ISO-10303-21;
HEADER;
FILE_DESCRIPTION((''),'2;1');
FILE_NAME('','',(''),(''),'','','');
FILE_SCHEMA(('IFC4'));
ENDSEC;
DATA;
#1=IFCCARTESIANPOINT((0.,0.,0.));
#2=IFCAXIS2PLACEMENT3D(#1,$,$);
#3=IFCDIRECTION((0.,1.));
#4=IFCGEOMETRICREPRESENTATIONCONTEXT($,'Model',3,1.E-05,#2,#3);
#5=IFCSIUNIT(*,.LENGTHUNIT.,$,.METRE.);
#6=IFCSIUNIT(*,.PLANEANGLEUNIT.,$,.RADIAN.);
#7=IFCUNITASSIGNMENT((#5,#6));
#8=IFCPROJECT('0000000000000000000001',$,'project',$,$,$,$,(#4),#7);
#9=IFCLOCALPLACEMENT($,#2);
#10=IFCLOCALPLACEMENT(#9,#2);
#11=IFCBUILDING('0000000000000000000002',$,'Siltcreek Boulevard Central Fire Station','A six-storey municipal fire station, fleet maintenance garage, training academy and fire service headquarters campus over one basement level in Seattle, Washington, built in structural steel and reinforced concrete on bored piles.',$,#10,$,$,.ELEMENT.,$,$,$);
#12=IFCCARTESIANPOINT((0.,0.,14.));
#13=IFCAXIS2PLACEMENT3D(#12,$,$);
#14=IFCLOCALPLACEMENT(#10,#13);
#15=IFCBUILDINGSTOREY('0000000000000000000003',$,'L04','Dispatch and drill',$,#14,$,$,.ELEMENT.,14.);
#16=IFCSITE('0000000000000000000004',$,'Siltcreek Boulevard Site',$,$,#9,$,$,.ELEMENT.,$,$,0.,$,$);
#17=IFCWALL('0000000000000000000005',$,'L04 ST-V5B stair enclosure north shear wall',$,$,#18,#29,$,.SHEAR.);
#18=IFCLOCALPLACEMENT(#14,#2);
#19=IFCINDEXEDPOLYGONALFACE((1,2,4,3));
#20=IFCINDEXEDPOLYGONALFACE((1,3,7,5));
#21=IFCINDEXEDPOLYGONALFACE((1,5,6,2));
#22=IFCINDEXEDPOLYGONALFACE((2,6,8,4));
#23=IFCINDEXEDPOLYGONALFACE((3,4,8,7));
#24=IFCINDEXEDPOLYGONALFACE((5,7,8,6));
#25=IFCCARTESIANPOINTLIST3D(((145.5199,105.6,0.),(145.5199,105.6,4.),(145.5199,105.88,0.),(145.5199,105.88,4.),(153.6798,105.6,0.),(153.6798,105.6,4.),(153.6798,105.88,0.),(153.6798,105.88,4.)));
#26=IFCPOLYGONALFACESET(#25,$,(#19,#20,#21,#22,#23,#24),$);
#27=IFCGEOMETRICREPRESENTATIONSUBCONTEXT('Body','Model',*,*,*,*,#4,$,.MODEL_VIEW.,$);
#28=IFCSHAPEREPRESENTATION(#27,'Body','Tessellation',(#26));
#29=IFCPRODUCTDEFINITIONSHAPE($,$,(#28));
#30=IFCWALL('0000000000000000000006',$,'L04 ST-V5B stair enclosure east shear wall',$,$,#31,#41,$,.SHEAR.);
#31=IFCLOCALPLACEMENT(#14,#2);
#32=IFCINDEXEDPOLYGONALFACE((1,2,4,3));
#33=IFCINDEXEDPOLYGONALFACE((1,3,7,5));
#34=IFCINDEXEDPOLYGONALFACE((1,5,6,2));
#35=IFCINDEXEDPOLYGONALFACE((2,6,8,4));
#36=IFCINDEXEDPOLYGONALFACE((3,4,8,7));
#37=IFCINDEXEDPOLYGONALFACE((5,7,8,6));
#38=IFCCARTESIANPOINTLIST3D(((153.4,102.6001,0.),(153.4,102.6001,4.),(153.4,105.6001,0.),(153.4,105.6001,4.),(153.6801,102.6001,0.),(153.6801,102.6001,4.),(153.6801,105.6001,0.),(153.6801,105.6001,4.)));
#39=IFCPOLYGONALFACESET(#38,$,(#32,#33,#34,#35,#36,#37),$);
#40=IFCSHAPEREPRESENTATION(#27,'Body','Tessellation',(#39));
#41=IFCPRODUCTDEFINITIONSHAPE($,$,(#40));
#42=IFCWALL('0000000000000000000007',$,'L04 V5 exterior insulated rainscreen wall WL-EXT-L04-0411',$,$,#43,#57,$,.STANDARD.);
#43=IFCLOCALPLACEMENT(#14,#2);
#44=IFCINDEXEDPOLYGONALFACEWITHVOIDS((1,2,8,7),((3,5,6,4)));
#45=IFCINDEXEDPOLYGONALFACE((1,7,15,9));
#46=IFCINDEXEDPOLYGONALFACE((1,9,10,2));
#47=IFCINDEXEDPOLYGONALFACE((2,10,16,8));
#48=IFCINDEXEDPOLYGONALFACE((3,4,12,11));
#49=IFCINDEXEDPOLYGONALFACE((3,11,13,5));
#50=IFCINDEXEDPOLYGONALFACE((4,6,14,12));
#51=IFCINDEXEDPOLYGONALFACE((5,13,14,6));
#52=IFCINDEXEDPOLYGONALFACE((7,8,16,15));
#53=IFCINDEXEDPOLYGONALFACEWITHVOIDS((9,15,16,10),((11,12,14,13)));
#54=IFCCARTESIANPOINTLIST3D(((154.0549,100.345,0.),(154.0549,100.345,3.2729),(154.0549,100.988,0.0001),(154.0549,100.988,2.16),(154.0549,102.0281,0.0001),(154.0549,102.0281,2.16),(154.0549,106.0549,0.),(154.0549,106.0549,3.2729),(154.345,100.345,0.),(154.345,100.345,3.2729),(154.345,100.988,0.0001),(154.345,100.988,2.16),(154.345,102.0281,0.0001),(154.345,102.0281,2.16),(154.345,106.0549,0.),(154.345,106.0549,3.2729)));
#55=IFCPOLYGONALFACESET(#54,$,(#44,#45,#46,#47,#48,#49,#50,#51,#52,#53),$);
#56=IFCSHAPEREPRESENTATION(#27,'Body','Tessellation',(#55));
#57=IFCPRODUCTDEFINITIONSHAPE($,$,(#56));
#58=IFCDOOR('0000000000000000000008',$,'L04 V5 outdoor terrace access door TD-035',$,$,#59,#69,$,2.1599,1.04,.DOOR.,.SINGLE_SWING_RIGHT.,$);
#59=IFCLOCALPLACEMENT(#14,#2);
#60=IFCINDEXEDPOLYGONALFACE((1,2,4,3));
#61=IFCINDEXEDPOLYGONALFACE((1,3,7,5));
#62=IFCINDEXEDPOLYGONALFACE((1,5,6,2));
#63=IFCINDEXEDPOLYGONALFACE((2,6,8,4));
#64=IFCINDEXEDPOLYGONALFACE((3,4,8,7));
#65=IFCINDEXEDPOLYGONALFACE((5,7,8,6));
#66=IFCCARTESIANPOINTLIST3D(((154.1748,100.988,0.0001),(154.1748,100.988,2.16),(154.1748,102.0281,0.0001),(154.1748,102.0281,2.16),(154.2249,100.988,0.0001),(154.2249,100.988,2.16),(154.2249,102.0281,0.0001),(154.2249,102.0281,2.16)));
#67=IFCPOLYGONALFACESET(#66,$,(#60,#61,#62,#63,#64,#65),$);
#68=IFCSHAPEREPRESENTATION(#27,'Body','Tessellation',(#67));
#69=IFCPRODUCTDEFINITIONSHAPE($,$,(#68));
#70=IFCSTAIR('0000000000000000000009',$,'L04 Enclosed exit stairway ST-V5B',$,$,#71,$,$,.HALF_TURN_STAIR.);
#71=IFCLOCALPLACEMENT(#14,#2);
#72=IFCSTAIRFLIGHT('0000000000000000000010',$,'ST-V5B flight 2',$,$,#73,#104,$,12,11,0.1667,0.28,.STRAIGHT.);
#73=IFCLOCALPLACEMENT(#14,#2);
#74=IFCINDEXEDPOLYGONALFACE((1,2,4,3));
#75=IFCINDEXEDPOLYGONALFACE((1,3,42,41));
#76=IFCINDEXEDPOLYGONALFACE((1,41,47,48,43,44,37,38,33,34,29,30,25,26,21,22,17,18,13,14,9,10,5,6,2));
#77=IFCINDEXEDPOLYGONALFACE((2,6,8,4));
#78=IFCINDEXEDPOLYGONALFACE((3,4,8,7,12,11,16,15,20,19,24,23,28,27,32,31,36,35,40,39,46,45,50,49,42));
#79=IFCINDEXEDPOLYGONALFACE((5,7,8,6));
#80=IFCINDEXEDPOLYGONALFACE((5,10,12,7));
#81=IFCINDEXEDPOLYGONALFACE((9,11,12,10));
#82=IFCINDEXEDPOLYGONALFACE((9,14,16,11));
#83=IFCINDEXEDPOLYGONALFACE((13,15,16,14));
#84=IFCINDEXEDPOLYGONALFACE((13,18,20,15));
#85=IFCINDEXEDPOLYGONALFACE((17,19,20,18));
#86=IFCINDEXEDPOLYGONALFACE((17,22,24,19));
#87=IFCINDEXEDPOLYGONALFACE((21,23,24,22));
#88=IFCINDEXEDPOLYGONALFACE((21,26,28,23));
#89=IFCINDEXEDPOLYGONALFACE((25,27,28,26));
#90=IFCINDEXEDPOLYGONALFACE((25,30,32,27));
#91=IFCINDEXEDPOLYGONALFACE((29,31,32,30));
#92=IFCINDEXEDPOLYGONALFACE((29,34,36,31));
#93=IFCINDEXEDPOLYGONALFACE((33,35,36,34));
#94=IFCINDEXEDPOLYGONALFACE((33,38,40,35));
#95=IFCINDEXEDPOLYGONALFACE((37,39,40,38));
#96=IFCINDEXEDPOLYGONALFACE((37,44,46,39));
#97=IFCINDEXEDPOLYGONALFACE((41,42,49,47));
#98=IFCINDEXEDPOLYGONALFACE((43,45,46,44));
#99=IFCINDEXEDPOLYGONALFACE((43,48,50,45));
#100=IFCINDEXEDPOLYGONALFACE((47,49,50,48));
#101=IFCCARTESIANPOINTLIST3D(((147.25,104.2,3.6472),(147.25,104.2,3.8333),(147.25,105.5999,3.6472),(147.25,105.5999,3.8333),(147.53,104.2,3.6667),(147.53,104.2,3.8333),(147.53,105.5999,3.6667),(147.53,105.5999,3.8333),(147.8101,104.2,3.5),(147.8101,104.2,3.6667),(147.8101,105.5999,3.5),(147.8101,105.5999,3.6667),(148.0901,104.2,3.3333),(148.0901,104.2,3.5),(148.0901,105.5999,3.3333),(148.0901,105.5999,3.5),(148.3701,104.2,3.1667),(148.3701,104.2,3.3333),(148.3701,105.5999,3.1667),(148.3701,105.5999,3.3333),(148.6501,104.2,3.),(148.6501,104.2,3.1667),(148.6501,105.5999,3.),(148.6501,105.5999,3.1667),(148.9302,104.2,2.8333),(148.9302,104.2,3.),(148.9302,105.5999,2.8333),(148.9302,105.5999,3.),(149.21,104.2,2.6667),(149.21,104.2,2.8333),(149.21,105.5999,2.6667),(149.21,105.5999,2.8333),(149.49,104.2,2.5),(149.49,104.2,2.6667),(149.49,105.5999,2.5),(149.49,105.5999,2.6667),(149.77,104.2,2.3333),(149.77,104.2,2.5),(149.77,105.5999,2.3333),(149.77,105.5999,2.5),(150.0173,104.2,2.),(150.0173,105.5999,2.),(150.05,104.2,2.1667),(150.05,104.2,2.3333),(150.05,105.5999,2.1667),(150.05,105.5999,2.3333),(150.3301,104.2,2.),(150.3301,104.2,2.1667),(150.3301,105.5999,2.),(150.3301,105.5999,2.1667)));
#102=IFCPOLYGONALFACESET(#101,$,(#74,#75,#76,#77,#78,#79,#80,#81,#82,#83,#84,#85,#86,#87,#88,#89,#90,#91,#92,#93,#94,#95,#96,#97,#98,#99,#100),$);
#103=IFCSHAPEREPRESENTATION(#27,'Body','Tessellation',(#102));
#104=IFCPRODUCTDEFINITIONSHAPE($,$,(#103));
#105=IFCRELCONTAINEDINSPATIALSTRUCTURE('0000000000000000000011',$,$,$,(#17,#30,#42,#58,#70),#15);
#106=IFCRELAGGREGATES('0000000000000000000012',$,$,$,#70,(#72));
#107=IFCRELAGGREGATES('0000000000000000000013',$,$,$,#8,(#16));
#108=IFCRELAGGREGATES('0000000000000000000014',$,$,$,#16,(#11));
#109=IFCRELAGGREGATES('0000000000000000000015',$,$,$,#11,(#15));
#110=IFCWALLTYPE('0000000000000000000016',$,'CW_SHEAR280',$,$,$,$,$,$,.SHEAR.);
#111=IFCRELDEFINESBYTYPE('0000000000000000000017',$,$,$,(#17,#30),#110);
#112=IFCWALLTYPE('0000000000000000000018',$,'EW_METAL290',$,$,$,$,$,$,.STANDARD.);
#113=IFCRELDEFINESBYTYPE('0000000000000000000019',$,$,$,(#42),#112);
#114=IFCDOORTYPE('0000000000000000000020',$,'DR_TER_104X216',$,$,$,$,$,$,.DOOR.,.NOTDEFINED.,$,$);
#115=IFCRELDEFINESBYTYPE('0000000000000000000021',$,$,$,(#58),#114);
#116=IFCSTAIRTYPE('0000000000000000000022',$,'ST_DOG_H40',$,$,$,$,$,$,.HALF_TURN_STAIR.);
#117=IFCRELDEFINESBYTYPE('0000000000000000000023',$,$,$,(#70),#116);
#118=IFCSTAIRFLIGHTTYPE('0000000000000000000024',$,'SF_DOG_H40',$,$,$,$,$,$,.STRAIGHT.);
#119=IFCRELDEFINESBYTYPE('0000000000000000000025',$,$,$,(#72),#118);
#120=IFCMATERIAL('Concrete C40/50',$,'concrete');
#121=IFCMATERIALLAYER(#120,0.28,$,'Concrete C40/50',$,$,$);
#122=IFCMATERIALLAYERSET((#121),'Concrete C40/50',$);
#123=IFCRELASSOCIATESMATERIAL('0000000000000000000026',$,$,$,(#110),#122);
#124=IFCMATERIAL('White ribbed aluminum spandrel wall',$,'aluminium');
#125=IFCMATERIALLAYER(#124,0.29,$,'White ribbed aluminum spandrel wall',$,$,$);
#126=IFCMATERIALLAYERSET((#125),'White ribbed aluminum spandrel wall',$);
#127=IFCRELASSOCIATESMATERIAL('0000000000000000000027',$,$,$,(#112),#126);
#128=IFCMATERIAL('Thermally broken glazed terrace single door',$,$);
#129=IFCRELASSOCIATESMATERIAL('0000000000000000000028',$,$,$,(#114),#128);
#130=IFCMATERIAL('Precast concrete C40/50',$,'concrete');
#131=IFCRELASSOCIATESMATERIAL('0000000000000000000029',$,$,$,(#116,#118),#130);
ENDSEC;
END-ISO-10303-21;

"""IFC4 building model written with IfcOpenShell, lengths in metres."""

from ifc_helpers import new_model, si_unit, direction, frame, frame_2d, origin, place, context, subcontext, project, spatial, polyline, rectangle, outline, extrude, material, layer, layer_set, type_object, element, fill, aggregate, save


model = new_model("IFC4")

# Units and contexts
model_context = context("Model", 3, precision=1e-05, world=origin(), true_north=direction((0.0, 1.0)))
body_context = subcontext(model_context, "Body", "Model", "MODEL_VIEW")
ifc_project = project(units=[si_unit("LENGTHUNIT", "METRE"), si_unit("PLANEANGLEUNIT", "RADIAN")], contexts=[model_context])

# Site, building, storey
site_placement = place(None, origin())
site = spatial("IfcSite", under=ifc_project, at=site_placement, Name="Siltcreek Boulevard Site", CompositionType="ELEMENT", RefElevation=0.0)
building_placement = place(site_placement, origin())
building = spatial("IfcBuilding", under=site, at=building_placement, Name="Siltcreek Boulevard Central Fire Station", Description="A six-storey municipal fire station, fleet maintenance garage, training academy and fire service headquarters campus over one basement level in Seattle, Washington, built in structural steel and reinforced concrete on bored piles.", CompositionType="ELEMENT")
storey_placement = place(building_placement, frame((0.0, 0.0, 14.0)))
storey = spatial("IfcBuildingStorey", under=building, at=storey_placement, Name="L04", Description="Dispatch and drill", CompositionType="ELEMENT", Elevation=14.0)

# Walls
ifc_material_1 = material(Name="Concrete C40/50", Category="concrete")
ifc_layer_1 = layer(ifc_material_1, 0.28, Name="Concrete C40/50")
ifc_layer_set_1 = layer_set([ifc_layer_1], Name="Concrete C40/50")
wall_type_1 = type_object("IfcWallType", Name="CW_SHEAR280", PredefinedType="SHEAR", material=ifc_layer_set_1)
wall_1_placement = place(storey_placement, frame((153.6799, 105.74, 0.0), z_axis=(0.0, 0.0, 1.0), x_axis=(-1.0, 0.0, 0.0)))
element("IfcWall", 1, at=wall_1_placement, inside=storey, type_object=wall_type_1, Name="L04 ST-V5B stair enclosure north shear wall", PredefinedType="SHEAR", context=body_context, shape_type="SweptSolid", body=[
    extrude(rectangle(XDim=8.1599, YDim=0.28, at=frame_2d((4.0801, 0.0))), origin(), (0.0, 0.0, 1.0), 4.0),
])
wall_2_placement = place(storey_placement, frame((153.54, 102.6001, 0.0), z_axis=(0.0, 0.0, 1.0), x_axis=(0.0, 1.0, 0.0)))
element("IfcWall", 2, at=wall_2_placement, inside=storey, type_object=wall_type_1, Name="L04 ST-V5B stair enclosure east shear wall", PredefinedType="SHEAR", context=body_context, shape_type="SweptSolid", body=[
    extrude(rectangle(XDim=3.0, YDim=0.28, at=frame_2d((1.5, 0.0))), origin(), (0.0, 0.0, 1.0), 4.0),
])

# Wall, opening, door
ifc_material_2 = material(Name="White ribbed aluminum spandrel wall", Category="aluminium")
ifc_layer_2 = layer(ifc_material_2, 0.29, Name="White ribbed aluminum spandrel wall")
ifc_layer_set_2 = layer_set([ifc_layer_2], Name="White ribbed aluminum spandrel wall")
wall_type_2 = type_object("IfcWallType", Name="EW_METAL290", PredefinedType="STANDARD", material=ifc_layer_set_2)
wall_3_placement = place(storey_placement, frame((154.2, 100.345, 0.0), z_axis=(0.0, 0.0, 1.0), x_axis=(0.0, 1.0, 0.0)))
wall_3 = element("IfcWall", 3, at=wall_3_placement, inside=storey, type_object=wall_type_2, Name="L04 V5 exterior insulated rainscreen wall WL-EXT-L04-0411", PredefinedType="STANDARD", context=body_context, shape_type="SweptSolid", body=[
    extrude(rectangle(XDim=5.71, YDim=0.29, at=frame_2d((2.855, 0.0))), origin(), (0.0, 0.0, 1.0), 3.2729),
])
opening_placement = place(wall_3_placement, frame((0.6431, 0.0, 0.0)))
opening = element("IfcOpeningElement", 4, at=opening_placement, cuts=wall_3, PredefinedType="OPENING", context=body_context, shape_type="SweptSolid", body=[
    extrude(rectangle(XDim=1.04, YDim=2.1599, at=frame_2d((0.52, 1.0801))), frame((0.0, 0.155, 0.0), z_axis=(0.0, -1.0, 0.0), x_axis=(1.0, 0.0, 0.0)), (0.0, 0.0, 1.0), 0.3101),
])
ifc_material_3 = material(Name="Thermally broken glazed terrace single door")
door_type = type_object("IfcDoorType", Name="DR_TER_104X216", OperationType="NOTDEFINED", PredefinedType="DOOR", material=ifc_material_3)
door_placement = place(opening_placement, frame((1.04, 0.0, 0.0), z_axis=(0.0, 0.0, 1.0), x_axis=(-1.0, 0.0, 0.0)))
door = element("IfcDoor", 5, at=door_placement, inside=storey, type_object=door_type, Name="L04 V5 outdoor terrace access door TD-035", OperationType="SINGLE_SWING_RIGHT", OverallHeight=2.1599, OverallWidth=1.04, PredefinedType="DOOR", context=body_context, shape_type="SweptSolid", body=[
    extrude(rectangle(XDim=1.04, YDim=2.1599, at=frame_2d((0.52, 1.0801))), frame((0.0, 0.0249, 0.0), z_axis=(0.0, -1.0, 0.0), x_axis=(1.0, 0.0, 0.0)), (0.0, 0.0, 1.0), 0.05),
])
fill(opening, door)

# Stair, stair flight
ifc_material_4 = material(Name="Precast concrete C40/50", Category="concrete")
stair_type = type_object("IfcStairType", Name="ST_DOG_H40", PredefinedType="HALF_TURN_STAIR", material=ifc_material_4)
stair_placement = place(storey_placement, origin())
stair = element("IfcStair", 6, at=stair_placement, inside=storey, type_object=stair_type, Name="L04 Enclosed exit stairway ST-V5B", PredefinedType="HALF_TURN_STAIR")
stair_flight_type = type_object("IfcStairFlightType", Name="SF_DOG_H40", PredefinedType="STRAIGHT", material=ifc_material_4)
stair_flight_placement = place(storey_placement, frame((150.3301, 104.8999, 2.0), z_axis=(0.0, 0.0, 1.0), x_axis=(-1.0, 0.0, 0.0)))
stair_flight = element("IfcStairFlight", 7, at=stair_flight_placement, type_object=stair_flight_type, Name="ST-V5B flight 2", NumberOfRisers=12, NumberOfTreads=11, PredefinedType="STRAIGHT", RiserHeight=0.1667, TreadLength=0.28, context=body_context, shape_type="SweptSolid", body=[
    extrude(outline(polyline([(0.0, 0.0), (0.0, 0.1667), (0.28, 0.1667), (0.28, 0.3333), (0.5601, 0.3333), (0.5601, 0.5), (0.8401, 0.5), (0.8401, 0.6667), (1.1201, 0.6667), (1.1201, 0.8333), (1.3999, 0.8333), (1.3999, 1.0), (1.6799, 1.0), (1.6799, 1.1667), (1.96, 1.1667), (1.96, 1.3333), (2.24, 1.3333), (2.24, 1.5), (2.52, 1.5), (2.52, 1.6667), (2.8, 1.6667), (2.8, 1.8333), (3.0801, 1.8333), (3.0801, 2.0), (3.0801, 1.6472), (0.3127, 0.0), (0.0, 0.0)])), frame((0.0, 0.7, 0.0), z_axis=(0.0, -1.0, 0.0), x_axis=(1.0, 0.0, 0.0)), (0.0, 0.0, 1.0), 1.3999),
])
aggregate(stair, [stair_flight])

save(model, "model.ifc")
